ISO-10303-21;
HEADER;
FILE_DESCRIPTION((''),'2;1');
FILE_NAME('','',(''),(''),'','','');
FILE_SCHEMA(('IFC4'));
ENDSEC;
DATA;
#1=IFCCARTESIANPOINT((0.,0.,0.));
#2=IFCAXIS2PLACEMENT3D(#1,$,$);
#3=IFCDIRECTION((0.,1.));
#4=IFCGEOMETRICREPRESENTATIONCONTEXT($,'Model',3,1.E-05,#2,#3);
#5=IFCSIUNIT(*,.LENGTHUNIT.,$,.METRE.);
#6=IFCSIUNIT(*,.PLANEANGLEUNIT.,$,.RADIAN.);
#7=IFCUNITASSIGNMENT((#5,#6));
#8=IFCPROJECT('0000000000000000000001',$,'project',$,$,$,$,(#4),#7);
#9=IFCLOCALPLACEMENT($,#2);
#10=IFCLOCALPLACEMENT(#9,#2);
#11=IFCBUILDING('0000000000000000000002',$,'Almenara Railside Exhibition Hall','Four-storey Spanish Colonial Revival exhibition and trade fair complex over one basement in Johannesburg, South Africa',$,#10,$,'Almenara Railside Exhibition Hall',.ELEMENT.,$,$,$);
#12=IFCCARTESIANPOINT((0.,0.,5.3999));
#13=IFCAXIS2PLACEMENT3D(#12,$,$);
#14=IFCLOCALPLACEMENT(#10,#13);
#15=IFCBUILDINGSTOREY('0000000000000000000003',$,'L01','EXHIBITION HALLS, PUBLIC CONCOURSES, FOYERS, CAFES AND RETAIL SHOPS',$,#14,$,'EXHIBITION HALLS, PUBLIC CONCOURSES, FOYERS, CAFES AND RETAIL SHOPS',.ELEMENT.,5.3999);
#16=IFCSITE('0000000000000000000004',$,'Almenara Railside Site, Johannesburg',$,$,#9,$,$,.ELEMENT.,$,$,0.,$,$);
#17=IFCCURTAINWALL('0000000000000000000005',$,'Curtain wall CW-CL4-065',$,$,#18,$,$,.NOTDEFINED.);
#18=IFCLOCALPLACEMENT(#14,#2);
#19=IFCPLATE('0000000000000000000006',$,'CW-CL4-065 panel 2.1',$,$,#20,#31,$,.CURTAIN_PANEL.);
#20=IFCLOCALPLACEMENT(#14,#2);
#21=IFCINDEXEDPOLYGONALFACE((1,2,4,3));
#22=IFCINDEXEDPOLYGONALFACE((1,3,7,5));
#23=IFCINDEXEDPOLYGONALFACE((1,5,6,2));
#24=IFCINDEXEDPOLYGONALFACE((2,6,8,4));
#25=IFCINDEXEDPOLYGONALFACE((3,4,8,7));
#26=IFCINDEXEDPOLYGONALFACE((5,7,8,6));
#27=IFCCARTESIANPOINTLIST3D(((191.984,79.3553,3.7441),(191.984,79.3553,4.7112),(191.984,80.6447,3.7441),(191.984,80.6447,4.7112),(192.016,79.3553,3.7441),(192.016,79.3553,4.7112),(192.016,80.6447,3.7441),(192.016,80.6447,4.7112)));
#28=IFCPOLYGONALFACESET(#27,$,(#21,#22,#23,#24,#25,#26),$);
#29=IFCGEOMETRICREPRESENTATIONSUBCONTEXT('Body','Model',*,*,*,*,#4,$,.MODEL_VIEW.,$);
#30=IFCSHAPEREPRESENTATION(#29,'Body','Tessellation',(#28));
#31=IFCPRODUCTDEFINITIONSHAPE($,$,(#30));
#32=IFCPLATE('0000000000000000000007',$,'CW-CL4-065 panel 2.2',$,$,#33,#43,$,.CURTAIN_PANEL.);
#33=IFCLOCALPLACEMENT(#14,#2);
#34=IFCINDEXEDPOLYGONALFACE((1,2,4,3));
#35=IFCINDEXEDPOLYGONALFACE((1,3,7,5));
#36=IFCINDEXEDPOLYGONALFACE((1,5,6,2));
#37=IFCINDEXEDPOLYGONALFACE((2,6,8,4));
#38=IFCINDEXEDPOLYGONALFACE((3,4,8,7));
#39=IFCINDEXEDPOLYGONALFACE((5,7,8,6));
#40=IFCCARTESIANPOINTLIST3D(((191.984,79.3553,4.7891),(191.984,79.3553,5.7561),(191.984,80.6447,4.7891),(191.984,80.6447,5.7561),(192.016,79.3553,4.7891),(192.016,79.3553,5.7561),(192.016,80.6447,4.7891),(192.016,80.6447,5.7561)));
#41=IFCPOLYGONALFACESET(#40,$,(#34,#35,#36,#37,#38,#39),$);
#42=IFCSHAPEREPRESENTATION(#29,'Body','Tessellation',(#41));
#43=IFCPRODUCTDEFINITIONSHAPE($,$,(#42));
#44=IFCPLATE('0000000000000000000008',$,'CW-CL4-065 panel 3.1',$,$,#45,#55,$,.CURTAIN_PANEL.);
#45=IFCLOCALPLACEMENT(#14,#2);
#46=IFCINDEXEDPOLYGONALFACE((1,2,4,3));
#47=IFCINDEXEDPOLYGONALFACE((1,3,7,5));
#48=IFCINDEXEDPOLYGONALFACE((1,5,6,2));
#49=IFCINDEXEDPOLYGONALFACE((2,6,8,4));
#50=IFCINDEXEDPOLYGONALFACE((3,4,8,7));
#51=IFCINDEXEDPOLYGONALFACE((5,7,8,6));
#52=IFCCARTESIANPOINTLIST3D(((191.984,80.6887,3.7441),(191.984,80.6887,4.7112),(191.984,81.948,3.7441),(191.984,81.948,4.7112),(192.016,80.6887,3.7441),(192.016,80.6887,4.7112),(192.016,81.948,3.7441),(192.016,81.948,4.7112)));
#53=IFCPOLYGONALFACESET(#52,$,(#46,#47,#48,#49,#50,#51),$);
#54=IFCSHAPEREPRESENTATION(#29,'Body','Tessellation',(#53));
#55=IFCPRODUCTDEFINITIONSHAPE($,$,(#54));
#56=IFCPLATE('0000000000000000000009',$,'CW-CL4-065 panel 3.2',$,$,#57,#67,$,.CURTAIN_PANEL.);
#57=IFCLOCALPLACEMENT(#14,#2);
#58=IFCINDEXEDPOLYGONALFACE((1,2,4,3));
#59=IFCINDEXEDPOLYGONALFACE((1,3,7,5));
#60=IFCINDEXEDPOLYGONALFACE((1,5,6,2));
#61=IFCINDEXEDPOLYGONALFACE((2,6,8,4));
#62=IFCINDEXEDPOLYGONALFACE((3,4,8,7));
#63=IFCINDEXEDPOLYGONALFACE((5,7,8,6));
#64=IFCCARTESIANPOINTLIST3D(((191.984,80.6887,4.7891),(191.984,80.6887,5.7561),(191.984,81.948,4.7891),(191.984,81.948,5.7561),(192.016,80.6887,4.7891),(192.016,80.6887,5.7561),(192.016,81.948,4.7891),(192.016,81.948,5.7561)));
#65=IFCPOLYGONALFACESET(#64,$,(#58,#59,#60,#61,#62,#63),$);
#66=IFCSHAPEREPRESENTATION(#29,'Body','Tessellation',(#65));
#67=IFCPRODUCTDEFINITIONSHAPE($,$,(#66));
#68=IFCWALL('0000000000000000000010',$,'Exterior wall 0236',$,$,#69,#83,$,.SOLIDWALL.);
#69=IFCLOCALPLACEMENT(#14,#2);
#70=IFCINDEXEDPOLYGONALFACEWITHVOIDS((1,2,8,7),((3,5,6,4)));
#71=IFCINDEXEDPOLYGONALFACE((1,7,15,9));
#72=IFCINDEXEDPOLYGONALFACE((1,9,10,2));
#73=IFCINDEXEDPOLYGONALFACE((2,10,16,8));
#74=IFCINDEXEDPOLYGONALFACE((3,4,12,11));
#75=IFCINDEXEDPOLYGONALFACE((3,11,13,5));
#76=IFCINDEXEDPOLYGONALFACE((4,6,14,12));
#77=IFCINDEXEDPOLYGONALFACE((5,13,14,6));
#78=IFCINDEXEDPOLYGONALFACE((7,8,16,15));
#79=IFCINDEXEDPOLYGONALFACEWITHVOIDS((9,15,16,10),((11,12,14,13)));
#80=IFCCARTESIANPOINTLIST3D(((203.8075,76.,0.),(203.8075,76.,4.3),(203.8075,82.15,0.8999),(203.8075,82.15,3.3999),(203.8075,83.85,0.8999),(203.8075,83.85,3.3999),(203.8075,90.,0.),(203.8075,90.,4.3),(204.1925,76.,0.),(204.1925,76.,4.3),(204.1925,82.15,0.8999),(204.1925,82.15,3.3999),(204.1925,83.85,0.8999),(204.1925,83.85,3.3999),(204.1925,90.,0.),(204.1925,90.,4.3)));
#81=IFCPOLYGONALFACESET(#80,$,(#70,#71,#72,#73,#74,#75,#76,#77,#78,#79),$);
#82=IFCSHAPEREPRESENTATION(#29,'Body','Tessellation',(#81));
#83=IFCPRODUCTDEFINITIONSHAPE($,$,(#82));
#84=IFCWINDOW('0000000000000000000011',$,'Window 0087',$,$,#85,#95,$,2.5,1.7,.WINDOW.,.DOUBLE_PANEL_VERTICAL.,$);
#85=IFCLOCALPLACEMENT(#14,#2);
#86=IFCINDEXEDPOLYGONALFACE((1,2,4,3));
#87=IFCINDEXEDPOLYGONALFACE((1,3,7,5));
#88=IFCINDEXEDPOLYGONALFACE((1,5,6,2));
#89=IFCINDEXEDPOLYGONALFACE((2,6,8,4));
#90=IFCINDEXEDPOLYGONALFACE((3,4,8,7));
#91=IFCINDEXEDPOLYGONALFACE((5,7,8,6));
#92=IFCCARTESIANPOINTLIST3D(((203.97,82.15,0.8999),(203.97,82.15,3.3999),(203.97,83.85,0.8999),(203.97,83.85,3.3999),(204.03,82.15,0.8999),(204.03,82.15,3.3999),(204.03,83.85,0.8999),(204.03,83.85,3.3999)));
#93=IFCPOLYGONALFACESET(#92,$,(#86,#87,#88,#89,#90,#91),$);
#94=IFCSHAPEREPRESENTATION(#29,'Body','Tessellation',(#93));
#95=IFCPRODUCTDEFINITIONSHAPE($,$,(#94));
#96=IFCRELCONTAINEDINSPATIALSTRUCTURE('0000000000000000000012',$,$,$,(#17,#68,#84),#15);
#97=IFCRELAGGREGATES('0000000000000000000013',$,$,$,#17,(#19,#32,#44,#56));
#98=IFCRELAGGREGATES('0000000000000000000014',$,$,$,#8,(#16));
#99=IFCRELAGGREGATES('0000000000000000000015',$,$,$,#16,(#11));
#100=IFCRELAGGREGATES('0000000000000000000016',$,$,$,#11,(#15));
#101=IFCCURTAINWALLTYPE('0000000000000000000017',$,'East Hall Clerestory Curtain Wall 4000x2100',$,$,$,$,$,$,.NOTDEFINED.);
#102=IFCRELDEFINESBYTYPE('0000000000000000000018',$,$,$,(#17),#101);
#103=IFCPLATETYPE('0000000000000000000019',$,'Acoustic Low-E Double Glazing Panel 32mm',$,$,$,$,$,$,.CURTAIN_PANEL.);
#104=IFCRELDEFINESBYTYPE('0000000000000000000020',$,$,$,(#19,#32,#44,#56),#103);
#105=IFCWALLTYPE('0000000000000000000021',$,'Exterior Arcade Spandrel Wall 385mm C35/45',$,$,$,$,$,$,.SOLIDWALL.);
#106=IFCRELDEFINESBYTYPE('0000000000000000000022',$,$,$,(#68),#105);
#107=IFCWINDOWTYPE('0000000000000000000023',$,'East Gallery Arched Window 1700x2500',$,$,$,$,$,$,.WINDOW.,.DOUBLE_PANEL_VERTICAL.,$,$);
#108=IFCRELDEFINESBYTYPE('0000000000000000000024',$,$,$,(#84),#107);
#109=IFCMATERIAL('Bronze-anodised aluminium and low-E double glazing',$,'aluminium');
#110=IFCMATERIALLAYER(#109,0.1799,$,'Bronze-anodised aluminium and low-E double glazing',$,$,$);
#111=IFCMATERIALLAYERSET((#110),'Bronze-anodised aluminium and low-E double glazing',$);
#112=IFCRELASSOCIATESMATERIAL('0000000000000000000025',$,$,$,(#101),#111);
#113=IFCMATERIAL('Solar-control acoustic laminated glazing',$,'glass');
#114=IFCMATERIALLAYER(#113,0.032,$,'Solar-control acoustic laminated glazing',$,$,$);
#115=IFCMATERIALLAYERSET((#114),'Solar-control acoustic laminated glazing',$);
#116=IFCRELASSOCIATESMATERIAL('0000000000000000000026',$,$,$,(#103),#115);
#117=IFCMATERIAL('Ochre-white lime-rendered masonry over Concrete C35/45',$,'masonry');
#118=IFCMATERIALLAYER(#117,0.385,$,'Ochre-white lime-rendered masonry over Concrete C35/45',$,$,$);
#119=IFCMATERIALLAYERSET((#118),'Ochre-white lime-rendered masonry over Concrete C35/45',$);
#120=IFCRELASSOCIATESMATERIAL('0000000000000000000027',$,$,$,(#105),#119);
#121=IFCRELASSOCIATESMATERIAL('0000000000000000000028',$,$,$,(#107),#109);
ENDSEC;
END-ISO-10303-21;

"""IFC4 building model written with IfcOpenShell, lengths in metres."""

from ifc_helpers import new_model, si_unit, direction, frame, frame_2d, origin, origin_2d, place, context, subcontext, project, spatial, rectangle, extrude, material, layer, layer_set, type_object, element, fill, aggregate, save


model = new_model("IFC4")

# Units and contexts
model_context = context("Model", 3, precision=1e-05, world=origin(), true_north=direction((0.0, 1.0)))
body_context = subcontext(model_context, "Body", "Model", "MODEL_VIEW")
ifc_project = project(units=[si_unit("LENGTHUNIT", "METRE"), si_unit("PLANEANGLEUNIT", "RADIAN")], contexts=[model_context])

# Site, building, storey
site_placement = place(None, origin())
site = spatial("IfcSite", under=ifc_project, at=site_placement, Name="Almenara Railside Site, Johannesburg", CompositionType="ELEMENT", RefElevation=0.0)
building_placement = place(site_placement, origin())
building = spatial("IfcBuilding", under=site, at=building_placement, Name="Almenara Railside Exhibition Hall", Description="Four-storey Spanish Colonial Revival exhibition and trade fair complex over one basement in Johannesburg, South Africa", LongName="Almenara Railside Exhibition Hall", CompositionType="ELEMENT")
storey_placement = place(building_placement, frame((0.0, 0.0, 5.3999)))
storey = spatial("IfcBuildingStorey", under=building, at=storey_placement, Name="L01", Description="EXHIBITION HALLS, PUBLIC CONCOURSES, FOYERS, CAFES AND RETAIL SHOPS", LongName="EXHIBITION HALLS, PUBLIC CONCOURSES, FOYERS, CAFES AND RETAIL SHOPS", CompositionType="ELEMENT", Elevation=5.3999)

# Shared definitions
ifc_material_1 = material(Name="Bronze-anodised aluminium and low-E double glazing", Category="aluminium")
ifc_layer_1 = layer(ifc_material_1, 0.1799, Name="Bronze-anodised aluminium and low-E double glazing")
ifc_layer_set_1 = layer_set([ifc_layer_1], Name="Bronze-anodised aluminium and low-E double glazing")
curtain_wall_type = type_object("IfcCurtainWallType", Name="East Hall Clerestory Curtain Wall 4000x2100", PredefinedType="NOTDEFINED", material=ifc_layer_set_1)

# Curtain wall
curtain_wall_1_placement = place(storey_placement, origin())
curtain_wall_1 = element("IfcCurtainWall", 1, at=curtain_wall_1_placement, inside=storey, type_object=curtain_wall_type, Name="Curtain wall CW-CL4-065", PredefinedType="NOTDEFINED")

# Plates
ifc_material_2 = material(Name="Solar-control acoustic laminated glazing", Category="glass")
ifc_layer_2 = layer(ifc_material_2, 0.032, Name="Solar-control acoustic laminated glazing")
ifc_layer_set_2 = layer_set([ifc_layer_2], Name="Solar-control acoustic laminated glazing")
plate_type = type_object("IfcPlateType", Name="Acoustic Low-E Double Glazing Panel 32mm", PredefinedType="CURTAIN_PANEL", material=ifc_layer_set_2)
plate_1_placement = place(storey_placement, frame((192.0, 80.0, 3.7441), z_axis=(0.0, 0.0, 1.0), x_axis=(0.0, 1.0, 0.0)))
plate_1 = element("IfcPlate", 2, at=plate_1_placement, type_object=plate_type, Name="CW-CL4-065 panel 2.1", PredefinedType="CURTAIN_PANEL", context=body_context, shape_type="SweptSolid", body=[
    extrude(rectangle(XDim=1.2893, YDim=0.032, at=origin_2d()), origin(), (0.0, 0.0, 1.0), 0.967),
])
plate_2_placement = place(storey_placement, frame((192.0, 80.0, 4.7891), z_axis=(0.0, 0.0, 1.0), x_axis=(0.0, 1.0, 0.0)))
plate_2 = element("IfcPlate", 3, at=plate_2_placement, type_object=plate_type, Name="CW-CL4-065 panel 2.2", PredefinedType="CURTAIN_PANEL", context=body_context, shape_type="SweptSolid", body=[
    extrude(rectangle(XDim=1.2893, YDim=0.032, at=origin_2d()), origin(), (0.0, 0.0, 1.0), 0.967),
])
plate_3_placement = place(storey_placement, frame((192.0, 81.3184, 3.7441), z_axis=(0.0, 0.0, 1.0), x_axis=(0.0, 1.0, 0.0)))
plate_3 = element("IfcPlate", 4, at=plate_3_placement, type_object=plate_type, Name="CW-CL4-065 panel 3.1", PredefinedType="CURTAIN_PANEL", context=body_context, shape_type="SweptSolid", body=[
    extrude(rectangle(XDim=1.2593, YDim=0.032, at=origin_2d()), origin(), (0.0, 0.0, 1.0), 0.967),
])
plate_4_placement = place(storey_placement, frame((192.0, 81.3184, 4.7891), z_axis=(0.0, 0.0, 1.0), x_axis=(0.0, 1.0, 0.0)))
plate_4 = element("IfcPlate", 5, at=plate_4_placement, type_object=plate_type, Name="CW-CL4-065 panel 3.2", PredefinedType="CURTAIN_PANEL", context=body_context, shape_type="SweptSolid", body=[
    extrude(rectangle(XDim=1.2593, YDim=0.032, at=origin_2d()), origin(), (0.0, 0.0, 1.0), 0.967),
])
aggregate(curtain_wall_1, [plate_1, plate_2, plate_3, plate_4])

# Wall, opening, window
ifc_material_3 = material(Name="Ochre-white lime-rendered masonry over Concrete C35/45", Category="masonry")
ifc_layer_3 = layer(ifc_material_3, 0.385, Name="Ochre-white lime-rendered masonry over Concrete C35/45")
ifc_layer_set_3 = layer_set([ifc_layer_3], Name="Ochre-white lime-rendered masonry over Concrete C35/45")
wall_type = type_object("IfcWallType", Name="Exterior Arcade Spandrel Wall 385mm C35/45", PredefinedType="SOLIDWALL", material=ifc_layer_set_3)
wall_placement = place(storey_placement, frame((204.0, 76.0, 0.0), z_axis=(0.0, 0.0, 1.0), x_axis=(0.0, 1.0, 0.0)))
wall = element("IfcWall", 6, at=wall_placement, inside=storey, type_object=wall_type, Name="Exterior wall 0236", PredefinedType="SOLIDWALL", context=body_context, shape_type="SweptSolid", body=[
    extrude(rectangle(XDim=14.0, YDim=0.385, at=frame_2d((7.0, 0.0))), origin(), (0.0, 0.0, 1.0), 4.3),
])
opening_placement = place(wall_placement, frame((6.1499, 0.0, 0.8999)))
opening = element("IfcOpeningElement", 7, at=opening_placement, cuts=wall, PredefinedType="OPENING", context=body_context, shape_type="SweptSolid", body=[
    extrude(rectangle(XDim=1.7, YDim=2.5, at=frame_2d((0.8501, 1.25))), frame((0.0, 0.2024, 0.0), z_axis=(0.0, -1.0, 0.0), x_axis=(1.0, 0.0, 0.0)), (0.0, 0.0, 1.0), 0.405),
])
window_type = type_object("IfcWindowType", Name="East Gallery Arched Window 1700x2500", PartitioningType="DOUBLE_PANEL_VERTICAL", PredefinedType="WINDOW", material=ifc_material_1)
window_placement = place(opening_placement, origin())
window = element("IfcWindow", 8, at=window_placement, inside=storey, type_object=window_type, Name="Window 0087", OverallHeight=2.5, OverallWidth=1.7, PartitioningType="DOUBLE_PANEL_VERTICAL", PredefinedType="WINDOW", context=body_context, shape_type="SweptSolid", body=[
    extrude(rectangle(XDim=1.7, YDim=2.5, at=frame_2d((0.8501, 1.25))), frame((0.0, 0.03, 0.0), z_axis=(0.0, -1.0, 0.0), x_axis=(1.0, 0.0, 0.0)), (0.0, 0.0, 1.0), 0.0601),
])
fill(opening, window)

save(model, "model.ifc")
